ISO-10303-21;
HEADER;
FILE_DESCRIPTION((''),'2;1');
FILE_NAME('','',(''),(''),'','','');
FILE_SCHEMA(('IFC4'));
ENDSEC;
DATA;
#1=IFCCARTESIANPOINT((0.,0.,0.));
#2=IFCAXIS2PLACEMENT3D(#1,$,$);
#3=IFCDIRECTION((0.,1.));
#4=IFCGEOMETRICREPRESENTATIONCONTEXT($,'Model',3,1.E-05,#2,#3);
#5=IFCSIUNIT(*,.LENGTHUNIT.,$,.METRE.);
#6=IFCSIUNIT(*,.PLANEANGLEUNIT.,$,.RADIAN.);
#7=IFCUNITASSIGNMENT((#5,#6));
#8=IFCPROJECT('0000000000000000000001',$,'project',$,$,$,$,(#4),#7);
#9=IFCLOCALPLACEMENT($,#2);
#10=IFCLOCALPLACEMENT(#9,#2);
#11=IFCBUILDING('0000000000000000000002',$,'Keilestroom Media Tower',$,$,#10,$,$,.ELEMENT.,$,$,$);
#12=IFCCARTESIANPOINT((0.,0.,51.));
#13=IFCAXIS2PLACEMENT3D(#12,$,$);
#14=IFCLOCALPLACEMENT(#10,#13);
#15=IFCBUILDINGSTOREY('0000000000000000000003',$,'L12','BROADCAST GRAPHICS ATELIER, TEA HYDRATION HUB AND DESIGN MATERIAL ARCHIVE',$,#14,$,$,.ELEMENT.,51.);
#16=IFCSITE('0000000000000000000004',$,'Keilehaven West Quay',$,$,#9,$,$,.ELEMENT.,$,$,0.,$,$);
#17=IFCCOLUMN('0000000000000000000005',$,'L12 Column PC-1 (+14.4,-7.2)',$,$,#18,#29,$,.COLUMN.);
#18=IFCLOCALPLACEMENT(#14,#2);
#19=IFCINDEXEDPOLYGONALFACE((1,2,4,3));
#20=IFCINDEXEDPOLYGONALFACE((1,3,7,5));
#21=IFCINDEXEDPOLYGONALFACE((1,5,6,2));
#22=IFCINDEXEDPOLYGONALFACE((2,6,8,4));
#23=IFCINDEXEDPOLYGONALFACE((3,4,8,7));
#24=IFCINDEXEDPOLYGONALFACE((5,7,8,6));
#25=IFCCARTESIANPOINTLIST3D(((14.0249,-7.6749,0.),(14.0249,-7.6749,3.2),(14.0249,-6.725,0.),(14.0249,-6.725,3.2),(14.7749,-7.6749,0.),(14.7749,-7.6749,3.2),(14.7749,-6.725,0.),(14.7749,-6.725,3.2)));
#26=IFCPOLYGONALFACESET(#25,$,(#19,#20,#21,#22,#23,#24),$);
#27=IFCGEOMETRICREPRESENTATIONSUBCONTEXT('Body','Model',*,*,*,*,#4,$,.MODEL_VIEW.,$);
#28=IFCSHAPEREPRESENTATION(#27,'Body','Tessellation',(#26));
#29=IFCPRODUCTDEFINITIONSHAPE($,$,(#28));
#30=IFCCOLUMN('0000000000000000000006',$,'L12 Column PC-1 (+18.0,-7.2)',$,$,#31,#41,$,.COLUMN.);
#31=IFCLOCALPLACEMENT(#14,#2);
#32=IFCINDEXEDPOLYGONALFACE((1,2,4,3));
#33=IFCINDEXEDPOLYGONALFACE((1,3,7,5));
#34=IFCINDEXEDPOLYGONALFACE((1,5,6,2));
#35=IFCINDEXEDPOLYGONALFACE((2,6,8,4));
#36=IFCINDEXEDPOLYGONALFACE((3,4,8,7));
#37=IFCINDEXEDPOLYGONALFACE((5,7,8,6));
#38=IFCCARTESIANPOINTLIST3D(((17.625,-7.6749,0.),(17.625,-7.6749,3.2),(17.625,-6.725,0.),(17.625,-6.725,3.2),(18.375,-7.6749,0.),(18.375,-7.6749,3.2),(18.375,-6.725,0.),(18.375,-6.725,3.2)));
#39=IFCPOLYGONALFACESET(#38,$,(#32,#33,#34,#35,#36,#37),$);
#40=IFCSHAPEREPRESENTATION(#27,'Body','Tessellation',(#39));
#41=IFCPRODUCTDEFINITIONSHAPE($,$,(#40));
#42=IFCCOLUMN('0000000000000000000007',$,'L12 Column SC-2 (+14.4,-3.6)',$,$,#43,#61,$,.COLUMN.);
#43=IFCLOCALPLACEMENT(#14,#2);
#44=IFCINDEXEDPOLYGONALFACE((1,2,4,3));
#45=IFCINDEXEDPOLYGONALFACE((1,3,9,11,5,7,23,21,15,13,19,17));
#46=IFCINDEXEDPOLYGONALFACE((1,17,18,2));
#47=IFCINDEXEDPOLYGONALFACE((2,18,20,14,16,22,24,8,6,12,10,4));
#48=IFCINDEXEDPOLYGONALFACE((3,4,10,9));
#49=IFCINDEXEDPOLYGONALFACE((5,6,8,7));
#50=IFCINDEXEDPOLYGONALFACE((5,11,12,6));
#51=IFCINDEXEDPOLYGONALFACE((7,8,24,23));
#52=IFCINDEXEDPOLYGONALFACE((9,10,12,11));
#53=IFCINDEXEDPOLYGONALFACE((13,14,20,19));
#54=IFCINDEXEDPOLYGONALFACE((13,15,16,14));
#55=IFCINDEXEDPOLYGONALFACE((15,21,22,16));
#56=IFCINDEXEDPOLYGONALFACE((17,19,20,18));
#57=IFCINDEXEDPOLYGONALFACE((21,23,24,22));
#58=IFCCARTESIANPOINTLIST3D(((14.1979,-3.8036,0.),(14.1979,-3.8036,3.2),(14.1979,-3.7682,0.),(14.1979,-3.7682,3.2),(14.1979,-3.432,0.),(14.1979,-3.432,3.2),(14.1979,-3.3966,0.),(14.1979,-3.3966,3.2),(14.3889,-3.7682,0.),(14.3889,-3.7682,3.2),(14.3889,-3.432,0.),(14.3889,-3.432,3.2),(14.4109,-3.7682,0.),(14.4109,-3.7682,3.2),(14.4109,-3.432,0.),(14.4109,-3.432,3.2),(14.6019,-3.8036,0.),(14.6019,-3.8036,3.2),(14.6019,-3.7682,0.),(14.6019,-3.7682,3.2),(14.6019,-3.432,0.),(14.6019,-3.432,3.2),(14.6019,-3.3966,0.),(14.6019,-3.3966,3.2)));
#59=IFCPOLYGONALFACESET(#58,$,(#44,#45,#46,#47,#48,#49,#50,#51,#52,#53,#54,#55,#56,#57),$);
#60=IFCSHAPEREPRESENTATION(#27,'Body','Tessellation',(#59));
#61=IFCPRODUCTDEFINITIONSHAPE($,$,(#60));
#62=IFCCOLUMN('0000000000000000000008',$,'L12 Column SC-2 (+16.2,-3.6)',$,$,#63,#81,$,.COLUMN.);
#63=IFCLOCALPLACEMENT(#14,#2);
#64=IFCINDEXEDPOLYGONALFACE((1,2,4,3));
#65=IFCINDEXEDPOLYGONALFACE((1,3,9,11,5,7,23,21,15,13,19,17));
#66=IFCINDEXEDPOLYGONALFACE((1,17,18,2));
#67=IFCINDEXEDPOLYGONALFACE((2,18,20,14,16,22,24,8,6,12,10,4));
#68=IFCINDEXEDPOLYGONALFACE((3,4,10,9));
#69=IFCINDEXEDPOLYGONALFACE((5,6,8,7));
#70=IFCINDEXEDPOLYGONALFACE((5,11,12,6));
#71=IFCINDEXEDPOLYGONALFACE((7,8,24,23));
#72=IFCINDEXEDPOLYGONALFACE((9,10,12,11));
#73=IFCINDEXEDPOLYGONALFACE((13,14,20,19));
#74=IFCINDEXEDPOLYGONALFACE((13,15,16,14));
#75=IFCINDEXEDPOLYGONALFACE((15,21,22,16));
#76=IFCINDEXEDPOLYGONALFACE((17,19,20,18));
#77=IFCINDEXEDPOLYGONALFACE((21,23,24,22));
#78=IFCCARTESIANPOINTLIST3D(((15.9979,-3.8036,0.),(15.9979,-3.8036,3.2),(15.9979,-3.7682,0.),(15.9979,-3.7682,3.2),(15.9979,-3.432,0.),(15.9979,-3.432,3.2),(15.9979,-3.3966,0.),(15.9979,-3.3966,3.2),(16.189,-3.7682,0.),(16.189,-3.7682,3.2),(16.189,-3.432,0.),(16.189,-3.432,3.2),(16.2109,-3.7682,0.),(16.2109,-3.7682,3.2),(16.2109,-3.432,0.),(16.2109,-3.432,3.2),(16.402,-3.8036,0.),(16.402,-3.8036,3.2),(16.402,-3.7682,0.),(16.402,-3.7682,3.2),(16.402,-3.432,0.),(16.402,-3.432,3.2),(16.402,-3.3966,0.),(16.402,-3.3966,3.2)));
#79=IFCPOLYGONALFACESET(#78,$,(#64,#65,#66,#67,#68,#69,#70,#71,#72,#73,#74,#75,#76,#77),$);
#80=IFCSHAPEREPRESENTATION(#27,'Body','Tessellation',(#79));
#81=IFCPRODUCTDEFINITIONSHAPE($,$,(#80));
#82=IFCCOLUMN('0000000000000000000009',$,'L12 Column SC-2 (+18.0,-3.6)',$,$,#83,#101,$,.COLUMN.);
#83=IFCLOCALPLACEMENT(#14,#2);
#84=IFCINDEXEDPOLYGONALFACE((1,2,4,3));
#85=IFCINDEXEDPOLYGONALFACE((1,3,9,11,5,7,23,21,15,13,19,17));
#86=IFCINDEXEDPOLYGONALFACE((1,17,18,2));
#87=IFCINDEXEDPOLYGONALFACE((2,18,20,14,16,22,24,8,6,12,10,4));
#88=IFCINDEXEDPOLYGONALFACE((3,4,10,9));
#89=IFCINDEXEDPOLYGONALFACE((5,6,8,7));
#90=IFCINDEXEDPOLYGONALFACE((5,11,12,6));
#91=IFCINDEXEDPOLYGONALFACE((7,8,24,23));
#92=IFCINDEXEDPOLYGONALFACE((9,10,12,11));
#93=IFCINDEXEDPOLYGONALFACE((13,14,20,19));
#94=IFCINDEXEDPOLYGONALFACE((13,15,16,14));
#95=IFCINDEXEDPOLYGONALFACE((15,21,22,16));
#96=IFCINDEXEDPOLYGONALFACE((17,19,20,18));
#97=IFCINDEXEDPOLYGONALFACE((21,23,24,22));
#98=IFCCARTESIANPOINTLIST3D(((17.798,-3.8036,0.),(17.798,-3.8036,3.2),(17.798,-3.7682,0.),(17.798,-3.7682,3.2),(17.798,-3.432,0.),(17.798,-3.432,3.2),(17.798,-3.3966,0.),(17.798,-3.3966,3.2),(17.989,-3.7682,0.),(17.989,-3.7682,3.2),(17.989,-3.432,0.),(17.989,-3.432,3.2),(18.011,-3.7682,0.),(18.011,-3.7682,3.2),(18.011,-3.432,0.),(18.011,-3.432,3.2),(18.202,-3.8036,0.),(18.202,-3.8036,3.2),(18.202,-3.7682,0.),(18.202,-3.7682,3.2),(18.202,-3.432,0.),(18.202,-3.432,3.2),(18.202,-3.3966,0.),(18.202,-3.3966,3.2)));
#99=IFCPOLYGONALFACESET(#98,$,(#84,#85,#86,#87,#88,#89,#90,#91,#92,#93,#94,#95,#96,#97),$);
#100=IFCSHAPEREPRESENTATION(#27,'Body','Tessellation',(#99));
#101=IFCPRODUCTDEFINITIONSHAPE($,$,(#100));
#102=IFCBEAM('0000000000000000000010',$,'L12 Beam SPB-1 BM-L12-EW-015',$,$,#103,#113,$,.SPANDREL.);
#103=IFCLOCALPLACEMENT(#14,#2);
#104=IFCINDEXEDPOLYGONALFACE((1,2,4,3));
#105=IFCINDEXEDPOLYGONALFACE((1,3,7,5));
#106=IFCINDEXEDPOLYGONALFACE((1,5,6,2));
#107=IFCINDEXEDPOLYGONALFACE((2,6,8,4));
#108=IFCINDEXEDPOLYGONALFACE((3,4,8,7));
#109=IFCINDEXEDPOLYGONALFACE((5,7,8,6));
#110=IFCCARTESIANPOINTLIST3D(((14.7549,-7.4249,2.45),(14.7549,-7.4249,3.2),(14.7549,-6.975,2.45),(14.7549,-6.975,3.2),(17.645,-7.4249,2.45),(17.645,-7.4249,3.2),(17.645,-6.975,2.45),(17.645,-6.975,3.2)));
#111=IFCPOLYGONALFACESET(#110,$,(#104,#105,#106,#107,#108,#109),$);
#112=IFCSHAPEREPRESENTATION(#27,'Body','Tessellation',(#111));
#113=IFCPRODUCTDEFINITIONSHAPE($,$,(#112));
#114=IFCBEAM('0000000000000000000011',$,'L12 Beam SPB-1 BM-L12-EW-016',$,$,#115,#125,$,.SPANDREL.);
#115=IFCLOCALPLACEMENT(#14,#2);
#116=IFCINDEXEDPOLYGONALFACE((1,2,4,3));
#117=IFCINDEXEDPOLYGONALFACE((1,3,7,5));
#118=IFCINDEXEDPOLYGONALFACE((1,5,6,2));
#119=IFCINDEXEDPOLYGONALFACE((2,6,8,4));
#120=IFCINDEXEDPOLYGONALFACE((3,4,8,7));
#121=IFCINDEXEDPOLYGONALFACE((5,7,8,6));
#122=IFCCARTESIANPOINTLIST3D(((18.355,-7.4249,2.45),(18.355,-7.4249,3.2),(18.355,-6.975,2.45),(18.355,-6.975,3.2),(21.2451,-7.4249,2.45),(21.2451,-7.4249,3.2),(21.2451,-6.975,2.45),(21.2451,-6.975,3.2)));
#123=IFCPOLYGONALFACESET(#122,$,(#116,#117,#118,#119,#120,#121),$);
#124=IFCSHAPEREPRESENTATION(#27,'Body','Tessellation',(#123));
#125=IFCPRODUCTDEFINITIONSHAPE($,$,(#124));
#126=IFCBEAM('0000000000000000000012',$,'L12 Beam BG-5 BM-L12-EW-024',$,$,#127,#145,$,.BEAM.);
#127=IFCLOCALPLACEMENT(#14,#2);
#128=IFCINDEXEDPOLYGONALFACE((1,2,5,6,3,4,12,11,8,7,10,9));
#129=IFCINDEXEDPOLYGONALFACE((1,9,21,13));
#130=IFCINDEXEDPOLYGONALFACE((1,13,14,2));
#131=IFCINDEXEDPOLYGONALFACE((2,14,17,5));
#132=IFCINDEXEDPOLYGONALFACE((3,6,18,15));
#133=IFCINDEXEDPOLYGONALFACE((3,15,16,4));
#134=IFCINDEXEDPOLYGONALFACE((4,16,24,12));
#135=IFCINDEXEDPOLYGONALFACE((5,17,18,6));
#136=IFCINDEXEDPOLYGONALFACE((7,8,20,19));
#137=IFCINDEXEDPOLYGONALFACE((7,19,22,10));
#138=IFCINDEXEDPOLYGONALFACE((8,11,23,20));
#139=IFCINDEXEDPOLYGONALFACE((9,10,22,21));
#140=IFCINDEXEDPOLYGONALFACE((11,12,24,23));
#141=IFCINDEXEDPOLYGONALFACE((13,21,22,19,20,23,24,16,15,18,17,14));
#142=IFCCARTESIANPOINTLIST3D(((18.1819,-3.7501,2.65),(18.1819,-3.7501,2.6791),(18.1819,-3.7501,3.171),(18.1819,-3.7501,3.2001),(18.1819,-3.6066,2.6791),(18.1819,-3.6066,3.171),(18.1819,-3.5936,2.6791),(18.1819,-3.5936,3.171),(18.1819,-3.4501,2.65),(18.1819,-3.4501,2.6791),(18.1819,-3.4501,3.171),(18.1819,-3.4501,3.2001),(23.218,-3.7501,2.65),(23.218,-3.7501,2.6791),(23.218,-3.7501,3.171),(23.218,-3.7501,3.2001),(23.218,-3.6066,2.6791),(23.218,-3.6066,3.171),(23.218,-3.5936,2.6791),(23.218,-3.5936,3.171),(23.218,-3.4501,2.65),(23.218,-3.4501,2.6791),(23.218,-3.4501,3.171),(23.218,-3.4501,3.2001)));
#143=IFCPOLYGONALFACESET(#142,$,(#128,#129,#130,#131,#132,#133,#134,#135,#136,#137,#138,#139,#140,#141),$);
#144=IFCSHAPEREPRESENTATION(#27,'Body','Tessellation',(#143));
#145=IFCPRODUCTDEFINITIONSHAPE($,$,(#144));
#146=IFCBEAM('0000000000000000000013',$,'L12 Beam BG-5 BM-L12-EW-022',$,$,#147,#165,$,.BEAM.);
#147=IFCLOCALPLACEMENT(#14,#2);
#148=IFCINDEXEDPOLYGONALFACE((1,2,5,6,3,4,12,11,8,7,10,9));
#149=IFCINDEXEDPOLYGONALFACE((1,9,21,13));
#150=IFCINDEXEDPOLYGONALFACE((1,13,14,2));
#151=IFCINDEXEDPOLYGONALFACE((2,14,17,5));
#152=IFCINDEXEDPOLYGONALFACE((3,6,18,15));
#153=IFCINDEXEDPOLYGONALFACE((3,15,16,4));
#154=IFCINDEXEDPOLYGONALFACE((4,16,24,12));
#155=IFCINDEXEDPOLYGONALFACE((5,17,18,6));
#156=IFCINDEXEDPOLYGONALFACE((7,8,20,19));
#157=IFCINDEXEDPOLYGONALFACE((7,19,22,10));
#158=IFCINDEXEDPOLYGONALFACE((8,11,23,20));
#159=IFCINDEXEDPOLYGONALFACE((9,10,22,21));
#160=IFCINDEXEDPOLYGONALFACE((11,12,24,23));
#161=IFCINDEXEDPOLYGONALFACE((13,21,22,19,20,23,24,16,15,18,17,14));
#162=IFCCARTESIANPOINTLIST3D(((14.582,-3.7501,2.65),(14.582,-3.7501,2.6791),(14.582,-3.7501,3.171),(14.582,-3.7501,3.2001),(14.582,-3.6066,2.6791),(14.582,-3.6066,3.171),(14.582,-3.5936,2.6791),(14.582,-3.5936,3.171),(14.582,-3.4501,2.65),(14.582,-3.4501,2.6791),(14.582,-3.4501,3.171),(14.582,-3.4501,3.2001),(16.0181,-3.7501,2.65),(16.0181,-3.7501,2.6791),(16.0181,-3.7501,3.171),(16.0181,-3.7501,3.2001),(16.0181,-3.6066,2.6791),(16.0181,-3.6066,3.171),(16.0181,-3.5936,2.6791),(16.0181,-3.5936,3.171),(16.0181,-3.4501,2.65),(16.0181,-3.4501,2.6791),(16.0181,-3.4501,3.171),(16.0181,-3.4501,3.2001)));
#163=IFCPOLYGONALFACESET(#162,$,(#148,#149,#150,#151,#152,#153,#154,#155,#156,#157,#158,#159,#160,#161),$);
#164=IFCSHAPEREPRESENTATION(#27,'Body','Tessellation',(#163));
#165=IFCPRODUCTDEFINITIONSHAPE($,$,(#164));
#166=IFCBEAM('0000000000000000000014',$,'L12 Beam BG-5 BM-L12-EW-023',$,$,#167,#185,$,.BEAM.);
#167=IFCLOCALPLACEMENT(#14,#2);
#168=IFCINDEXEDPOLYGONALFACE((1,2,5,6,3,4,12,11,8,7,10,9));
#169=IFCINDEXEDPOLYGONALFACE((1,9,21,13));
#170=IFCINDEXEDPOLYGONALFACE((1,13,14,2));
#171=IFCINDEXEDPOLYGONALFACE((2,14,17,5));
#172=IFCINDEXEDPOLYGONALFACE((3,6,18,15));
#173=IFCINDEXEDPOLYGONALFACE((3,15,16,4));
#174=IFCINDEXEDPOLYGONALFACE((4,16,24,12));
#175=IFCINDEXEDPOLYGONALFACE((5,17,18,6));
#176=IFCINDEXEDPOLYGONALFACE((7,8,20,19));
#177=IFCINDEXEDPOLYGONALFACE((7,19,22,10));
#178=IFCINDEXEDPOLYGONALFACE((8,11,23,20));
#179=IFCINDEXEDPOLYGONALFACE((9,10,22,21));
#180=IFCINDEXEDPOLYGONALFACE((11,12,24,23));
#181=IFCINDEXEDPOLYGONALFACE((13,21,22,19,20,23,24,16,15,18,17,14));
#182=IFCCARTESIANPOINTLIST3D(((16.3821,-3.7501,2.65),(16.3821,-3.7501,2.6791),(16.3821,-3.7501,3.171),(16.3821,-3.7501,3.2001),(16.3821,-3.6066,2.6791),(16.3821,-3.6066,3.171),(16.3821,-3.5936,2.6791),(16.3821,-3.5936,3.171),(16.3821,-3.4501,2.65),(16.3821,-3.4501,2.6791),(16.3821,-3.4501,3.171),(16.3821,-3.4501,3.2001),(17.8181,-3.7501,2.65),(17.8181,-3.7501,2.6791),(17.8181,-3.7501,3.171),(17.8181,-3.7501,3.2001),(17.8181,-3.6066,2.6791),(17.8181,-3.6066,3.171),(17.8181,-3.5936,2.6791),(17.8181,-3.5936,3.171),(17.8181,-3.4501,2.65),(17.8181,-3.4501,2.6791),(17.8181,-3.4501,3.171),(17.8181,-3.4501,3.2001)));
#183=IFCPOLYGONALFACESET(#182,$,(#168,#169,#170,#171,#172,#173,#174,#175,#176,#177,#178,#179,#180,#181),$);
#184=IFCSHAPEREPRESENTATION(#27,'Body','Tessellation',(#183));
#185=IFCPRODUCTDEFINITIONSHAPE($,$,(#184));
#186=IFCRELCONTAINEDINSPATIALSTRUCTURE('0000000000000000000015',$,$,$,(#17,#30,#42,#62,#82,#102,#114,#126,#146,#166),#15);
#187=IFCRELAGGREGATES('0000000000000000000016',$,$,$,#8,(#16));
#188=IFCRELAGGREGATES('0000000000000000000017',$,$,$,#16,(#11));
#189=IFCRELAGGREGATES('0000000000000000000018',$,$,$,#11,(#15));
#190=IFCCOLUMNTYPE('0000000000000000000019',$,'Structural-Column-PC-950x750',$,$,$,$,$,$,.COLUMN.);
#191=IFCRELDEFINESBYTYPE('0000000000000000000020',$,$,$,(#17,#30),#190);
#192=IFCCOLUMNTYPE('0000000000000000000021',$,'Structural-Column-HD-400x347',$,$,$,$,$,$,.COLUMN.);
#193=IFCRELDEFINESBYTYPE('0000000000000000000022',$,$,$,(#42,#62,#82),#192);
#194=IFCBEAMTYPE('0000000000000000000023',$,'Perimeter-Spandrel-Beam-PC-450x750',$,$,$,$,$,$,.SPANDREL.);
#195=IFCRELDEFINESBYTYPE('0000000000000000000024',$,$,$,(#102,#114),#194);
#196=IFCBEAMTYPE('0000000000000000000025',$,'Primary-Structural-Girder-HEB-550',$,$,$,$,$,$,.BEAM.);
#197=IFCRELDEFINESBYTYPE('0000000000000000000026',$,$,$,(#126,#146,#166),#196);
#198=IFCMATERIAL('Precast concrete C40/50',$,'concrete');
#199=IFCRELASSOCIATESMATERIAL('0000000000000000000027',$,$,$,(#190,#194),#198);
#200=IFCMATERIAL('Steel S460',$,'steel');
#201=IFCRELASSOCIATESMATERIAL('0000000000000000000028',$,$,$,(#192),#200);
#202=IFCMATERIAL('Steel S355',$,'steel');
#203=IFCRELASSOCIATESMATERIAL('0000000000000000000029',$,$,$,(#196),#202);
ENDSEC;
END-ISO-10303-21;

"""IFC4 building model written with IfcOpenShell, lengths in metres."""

from ifc_helpers import new_model, si_unit, direction, frame, origin, origin_2d, place, context, subcontext, project, spatial, rectangle, i_section, extrude, source, transform, mapped, material, material_profile, profile_set, type_object, element, save


model = new_model("IFC4")

# Units and contexts
model_context = context("Model", 3, precision=1e-05, world=origin(), true_north=direction((0.0, 1.0)))
body_context = subcontext(model_context, "Body", "Model", "MODEL_VIEW")
ifc_project = project(units=[si_unit("LENGTHUNIT", "METRE"), si_unit("PLANEANGLEUNIT", "RADIAN")], contexts=[model_context])

# Site, building, storey
site_placement = place(None, origin())
site = spatial("IfcSite", under=ifc_project, at=site_placement, Name="Keilehaven West Quay", CompositionType="ELEMENT", RefElevation=0.0)
building_placement = place(site_placement, origin())
building = spatial("IfcBuilding", under=site, at=building_placement, Name="Keilestroom Media Tower", CompositionType="ELEMENT")
storey_placement = place(building_placement, frame((0.0, 0.0, 51.0)))
storey = spatial("IfcBuildingStorey", under=building, at=storey_placement, Name="L12", Description="BROADCAST GRAPHICS ATELIER, TEA HYDRATION HUB AND DESIGN MATERIAL ARCHIVE", CompositionType="ELEMENT", Elevation=51.0)

# Columns
ifc_material_1 = material(Name="Precast concrete C40/50", Category="concrete")
ifc_material_profile_1 = material_profile(ifc_material_1, rectangle(XDim=0.75, YDim=0.95, at=origin_2d()), Name="PC 950x750")
ifc_profile_set_1 = profile_set([ifc_material_profile_1], Name="Precast concrete C40/50")
column_type_1 = type_object("IfcColumnType", Name="Structural-Column-PC-950x750", PredefinedType="COLUMN", material=ifc_profile_set_1)
shared_shape_1 = source(origin(), body_context, "Body", "SweptSolid", [
    extrude(rectangle(XDim=0.75, YDim=0.95, at=origin_2d()), origin(), (0.0, 0.0, 1.0), 3.2),
])
for number, where, z_axis, x_axis, name in (
    (1, (14.3999, -7.2, 0.0), (0.0, 0.0, 1.0), (1.0, 0.0, 0.0), "L12 Column PC-1 (+14.4,-7.2)"),
    (2, (18.0, -7.2, 0.0), (0.0, 0.0, 1.0), (1.0, 0.0, 0.0), "L12 Column PC-1 (+18.0,-7.2)"),
):
    element("IfcColumn", number, at=place(storey_placement, frame(where, z_axis=z_axis, x_axis=x_axis)), inside=storey, type_object=column_type_1, Name=name, PredefinedType="COLUMN", context=body_context, shape_type="MappedRepresentation", body=[
        mapped(shared_shape_1, transform((0.0, 0.0, 0.0), x_axis=(1.0, 0.0, 0.0), y_axis=(0.0, 1.0, 0.0), z_axis=(0.0, 0.0, 1.0), scale=1.0)),
    ])
ifc_material_2 = material(Name="Steel S460", Category="steel")
ifc_material_profile_2 = material_profile(ifc_material_2, i_section(OverallWidth=0.4041, OverallDepth=0.407, WebThickness=0.022, FlangeThickness=0.0354, at=origin_2d()), Name="HD 400x347")
ifc_profile_set_2 = profile_set([ifc_material_profile_2], Name="Steel S460")
column_type_2 = type_object("IfcColumnType", Name="Structural-Column-HD-400x347", PredefinedType="COLUMN", material=ifc_profile_set_2)
shared_shape_2 = source(origin(), body_context, "Body", "SweptSolid", [
    extrude(i_section(OverallWidth=0.4041, OverallDepth=0.407, WebThickness=0.022, FlangeThickness=0.0354, at=origin_2d()), origin(), (0.0, 0.0, 1.0), 3.2),
])
for number, where, z_axis, x_axis, name in (
    (3, (14.3999, -3.6001, 0.0), (0.0, 0.0, 1.0), (1.0, 0.0, 0.0), "L12 Column SC-2 (+14.4,-3.6)"),
    (4, (16.2, -3.6001, 0.0), (0.0, 0.0, 1.0), (1.0, 0.0, 0.0), "L12 Column SC-2 (+16.2,-3.6)"),
    (5, (18.0, -3.6001, 0.0), (0.0, 0.0, 1.0), (1.0, 0.0, 0.0), "L12 Column SC-2 (+18.0,-3.6)"),
):
    element("IfcColumn", number, at=place(storey_placement, frame(where, z_axis=z_axis, x_axis=x_axis)), inside=storey, type_object=column_type_2, Name=name, PredefinedType="COLUMN", context=body_context, shape_type="MappedRepresentation", body=[
        mapped(shared_shape_2, transform((0.0, 0.0, 0.0), x_axis=(1.0, 0.0, 0.0), y_axis=(0.0, 1.0, 0.0), z_axis=(0.0, 0.0, 1.0), scale=1.0)),
    ])

# Beams
ifc_material_profile_3 = material_profile(ifc_material_1, rectangle(XDim=0.45, YDim=0.75, at=origin_2d()), Name="PC 450x750")
ifc_profile_set_3 = profile_set([ifc_material_profile_3], Name="Precast concrete C40/50")
beam_type_1 = type_object("IfcBeamType", Name="Perimeter-Spandrel-Beam-PC-450x750", PredefinedType="SPANDREL", material=ifc_profile_set_3)
shared_shape_3 = source(origin(), body_context, "Body", "SweptSolid", [
    extrude(rectangle(XDim=0.45, YDim=0.75, at=origin_2d()), origin(), (0.0, 0.0, 1.0), 2.8901),
])
for number, where, z_axis, x_axis, name in (
    (6, (14.7549, -7.2, 2.825), (1.0, 0.0, 0.0), (0.0, 1.0, 0.0), "L12 Beam SPB-1 BM-L12-EW-015"),
    (7, (18.355, -7.2, 2.825), (1.0, 0.0, 0.0), (0.0, 1.0, 0.0), "L12 Beam SPB-1 BM-L12-EW-016"),
):
    element("IfcBeam", number, at=place(storey_placement, frame(where, z_axis=z_axis, x_axis=x_axis)), inside=storey, type_object=beam_type_1, Name=name, PredefinedType="SPANDREL", context=body_context, shape_type="MappedRepresentation", body=[
        mapped(shared_shape_3, transform((0.0, 0.0, 0.0), x_axis=(1.0, 0.0, 0.0), y_axis=(0.0, 1.0, 0.0), z_axis=(0.0, 0.0, 1.0), scale=1.0)),
    ])
ifc_material_3 = material(Name="Steel S355", Category="steel")
ifc_material_profile_4 = material_profile(ifc_material_3, i_section(OverallWidth=0.3, OverallDepth=0.55, WebThickness=0.0129, FlangeThickness=0.0291, at=origin_2d()), Name="HEB 550")
ifc_profile_set_4 = profile_set([ifc_material_profile_4], Name="Steel S355")
beam_type_2 = type_object("IfcBeamType", Name="Primary-Structural-Girder-HEB-550", PredefinedType="BEAM", material=ifc_profile_set_4)
shared_shape_4 = source(origin(), body_context, "Body", "SweptSolid", [
    extrude(i_section(OverallWidth=0.3, OverallDepth=0.55, WebThickness=0.0129, FlangeThickness=0.0291, at=origin_2d()), origin(), (0.0, 0.0, 1.0), 5.0361),
])
beam_1_placement = place(storey_placement, frame((18.1819, -3.6001, 2.925), z_axis=(1.0, 0.0, 0.0), x_axis=(0.0, 1.0, 0.0)))
element("IfcBeam", 8, at=beam_1_placement, inside=storey, type_object=beam_type_2, Name="L12 Beam BG-5 BM-L12-EW-024", PredefinedType="BEAM", context=body_context, shape_type="MappedRepresentation", body=[
    mapped(shared_shape_4, transform((0.0, 0.0, 0.0), x_axis=(1.0, 0.0, 0.0), y_axis=(0.0, 1.0, 0.0), z_axis=(0.0, 0.0, 1.0), scale=1.0)),
])
shared_shape_5 = source(origin(), body_context, "Body", "SweptSolid", [
    extrude(i_section(OverallWidth=0.3, OverallDepth=0.55, WebThickness=0.0129, FlangeThickness=0.0291, at=origin_2d()), origin(), (0.0, 0.0, 1.0), 1.436),
])
for number, where, z_axis, x_axis, name in (
    (9, (14.582, -3.6001, 2.925), (1.0, 0.0, 0.0), (0.0, 1.0, 0.0), "L12 Beam BG-5 BM-L12-EW-022"),
    (10, (16.3821, -3.6001, 2.925), (1.0, 0.0, 0.0), (0.0, 1.0, 0.0), "L12 Beam BG-5 BM-L12-EW-023"),
):
    element("IfcBeam", number, at=place(storey_placement, frame(where, z_axis=z_axis, x_axis=x_axis)), inside=storey, type_object=beam_type_2, Name=name, PredefinedType="BEAM", context=body_context, shape_type="MappedRepresentation", body=[
        mapped(shared_shape_5, transform((0.0, 0.0, 0.0), x_axis=(1.0, 0.0, 0.0), y_axis=(0.0, 1.0, 0.0), z_axis=(0.0, 0.0, 1.0), scale=1.0)),
    ])

save(model, "model.ifc")
